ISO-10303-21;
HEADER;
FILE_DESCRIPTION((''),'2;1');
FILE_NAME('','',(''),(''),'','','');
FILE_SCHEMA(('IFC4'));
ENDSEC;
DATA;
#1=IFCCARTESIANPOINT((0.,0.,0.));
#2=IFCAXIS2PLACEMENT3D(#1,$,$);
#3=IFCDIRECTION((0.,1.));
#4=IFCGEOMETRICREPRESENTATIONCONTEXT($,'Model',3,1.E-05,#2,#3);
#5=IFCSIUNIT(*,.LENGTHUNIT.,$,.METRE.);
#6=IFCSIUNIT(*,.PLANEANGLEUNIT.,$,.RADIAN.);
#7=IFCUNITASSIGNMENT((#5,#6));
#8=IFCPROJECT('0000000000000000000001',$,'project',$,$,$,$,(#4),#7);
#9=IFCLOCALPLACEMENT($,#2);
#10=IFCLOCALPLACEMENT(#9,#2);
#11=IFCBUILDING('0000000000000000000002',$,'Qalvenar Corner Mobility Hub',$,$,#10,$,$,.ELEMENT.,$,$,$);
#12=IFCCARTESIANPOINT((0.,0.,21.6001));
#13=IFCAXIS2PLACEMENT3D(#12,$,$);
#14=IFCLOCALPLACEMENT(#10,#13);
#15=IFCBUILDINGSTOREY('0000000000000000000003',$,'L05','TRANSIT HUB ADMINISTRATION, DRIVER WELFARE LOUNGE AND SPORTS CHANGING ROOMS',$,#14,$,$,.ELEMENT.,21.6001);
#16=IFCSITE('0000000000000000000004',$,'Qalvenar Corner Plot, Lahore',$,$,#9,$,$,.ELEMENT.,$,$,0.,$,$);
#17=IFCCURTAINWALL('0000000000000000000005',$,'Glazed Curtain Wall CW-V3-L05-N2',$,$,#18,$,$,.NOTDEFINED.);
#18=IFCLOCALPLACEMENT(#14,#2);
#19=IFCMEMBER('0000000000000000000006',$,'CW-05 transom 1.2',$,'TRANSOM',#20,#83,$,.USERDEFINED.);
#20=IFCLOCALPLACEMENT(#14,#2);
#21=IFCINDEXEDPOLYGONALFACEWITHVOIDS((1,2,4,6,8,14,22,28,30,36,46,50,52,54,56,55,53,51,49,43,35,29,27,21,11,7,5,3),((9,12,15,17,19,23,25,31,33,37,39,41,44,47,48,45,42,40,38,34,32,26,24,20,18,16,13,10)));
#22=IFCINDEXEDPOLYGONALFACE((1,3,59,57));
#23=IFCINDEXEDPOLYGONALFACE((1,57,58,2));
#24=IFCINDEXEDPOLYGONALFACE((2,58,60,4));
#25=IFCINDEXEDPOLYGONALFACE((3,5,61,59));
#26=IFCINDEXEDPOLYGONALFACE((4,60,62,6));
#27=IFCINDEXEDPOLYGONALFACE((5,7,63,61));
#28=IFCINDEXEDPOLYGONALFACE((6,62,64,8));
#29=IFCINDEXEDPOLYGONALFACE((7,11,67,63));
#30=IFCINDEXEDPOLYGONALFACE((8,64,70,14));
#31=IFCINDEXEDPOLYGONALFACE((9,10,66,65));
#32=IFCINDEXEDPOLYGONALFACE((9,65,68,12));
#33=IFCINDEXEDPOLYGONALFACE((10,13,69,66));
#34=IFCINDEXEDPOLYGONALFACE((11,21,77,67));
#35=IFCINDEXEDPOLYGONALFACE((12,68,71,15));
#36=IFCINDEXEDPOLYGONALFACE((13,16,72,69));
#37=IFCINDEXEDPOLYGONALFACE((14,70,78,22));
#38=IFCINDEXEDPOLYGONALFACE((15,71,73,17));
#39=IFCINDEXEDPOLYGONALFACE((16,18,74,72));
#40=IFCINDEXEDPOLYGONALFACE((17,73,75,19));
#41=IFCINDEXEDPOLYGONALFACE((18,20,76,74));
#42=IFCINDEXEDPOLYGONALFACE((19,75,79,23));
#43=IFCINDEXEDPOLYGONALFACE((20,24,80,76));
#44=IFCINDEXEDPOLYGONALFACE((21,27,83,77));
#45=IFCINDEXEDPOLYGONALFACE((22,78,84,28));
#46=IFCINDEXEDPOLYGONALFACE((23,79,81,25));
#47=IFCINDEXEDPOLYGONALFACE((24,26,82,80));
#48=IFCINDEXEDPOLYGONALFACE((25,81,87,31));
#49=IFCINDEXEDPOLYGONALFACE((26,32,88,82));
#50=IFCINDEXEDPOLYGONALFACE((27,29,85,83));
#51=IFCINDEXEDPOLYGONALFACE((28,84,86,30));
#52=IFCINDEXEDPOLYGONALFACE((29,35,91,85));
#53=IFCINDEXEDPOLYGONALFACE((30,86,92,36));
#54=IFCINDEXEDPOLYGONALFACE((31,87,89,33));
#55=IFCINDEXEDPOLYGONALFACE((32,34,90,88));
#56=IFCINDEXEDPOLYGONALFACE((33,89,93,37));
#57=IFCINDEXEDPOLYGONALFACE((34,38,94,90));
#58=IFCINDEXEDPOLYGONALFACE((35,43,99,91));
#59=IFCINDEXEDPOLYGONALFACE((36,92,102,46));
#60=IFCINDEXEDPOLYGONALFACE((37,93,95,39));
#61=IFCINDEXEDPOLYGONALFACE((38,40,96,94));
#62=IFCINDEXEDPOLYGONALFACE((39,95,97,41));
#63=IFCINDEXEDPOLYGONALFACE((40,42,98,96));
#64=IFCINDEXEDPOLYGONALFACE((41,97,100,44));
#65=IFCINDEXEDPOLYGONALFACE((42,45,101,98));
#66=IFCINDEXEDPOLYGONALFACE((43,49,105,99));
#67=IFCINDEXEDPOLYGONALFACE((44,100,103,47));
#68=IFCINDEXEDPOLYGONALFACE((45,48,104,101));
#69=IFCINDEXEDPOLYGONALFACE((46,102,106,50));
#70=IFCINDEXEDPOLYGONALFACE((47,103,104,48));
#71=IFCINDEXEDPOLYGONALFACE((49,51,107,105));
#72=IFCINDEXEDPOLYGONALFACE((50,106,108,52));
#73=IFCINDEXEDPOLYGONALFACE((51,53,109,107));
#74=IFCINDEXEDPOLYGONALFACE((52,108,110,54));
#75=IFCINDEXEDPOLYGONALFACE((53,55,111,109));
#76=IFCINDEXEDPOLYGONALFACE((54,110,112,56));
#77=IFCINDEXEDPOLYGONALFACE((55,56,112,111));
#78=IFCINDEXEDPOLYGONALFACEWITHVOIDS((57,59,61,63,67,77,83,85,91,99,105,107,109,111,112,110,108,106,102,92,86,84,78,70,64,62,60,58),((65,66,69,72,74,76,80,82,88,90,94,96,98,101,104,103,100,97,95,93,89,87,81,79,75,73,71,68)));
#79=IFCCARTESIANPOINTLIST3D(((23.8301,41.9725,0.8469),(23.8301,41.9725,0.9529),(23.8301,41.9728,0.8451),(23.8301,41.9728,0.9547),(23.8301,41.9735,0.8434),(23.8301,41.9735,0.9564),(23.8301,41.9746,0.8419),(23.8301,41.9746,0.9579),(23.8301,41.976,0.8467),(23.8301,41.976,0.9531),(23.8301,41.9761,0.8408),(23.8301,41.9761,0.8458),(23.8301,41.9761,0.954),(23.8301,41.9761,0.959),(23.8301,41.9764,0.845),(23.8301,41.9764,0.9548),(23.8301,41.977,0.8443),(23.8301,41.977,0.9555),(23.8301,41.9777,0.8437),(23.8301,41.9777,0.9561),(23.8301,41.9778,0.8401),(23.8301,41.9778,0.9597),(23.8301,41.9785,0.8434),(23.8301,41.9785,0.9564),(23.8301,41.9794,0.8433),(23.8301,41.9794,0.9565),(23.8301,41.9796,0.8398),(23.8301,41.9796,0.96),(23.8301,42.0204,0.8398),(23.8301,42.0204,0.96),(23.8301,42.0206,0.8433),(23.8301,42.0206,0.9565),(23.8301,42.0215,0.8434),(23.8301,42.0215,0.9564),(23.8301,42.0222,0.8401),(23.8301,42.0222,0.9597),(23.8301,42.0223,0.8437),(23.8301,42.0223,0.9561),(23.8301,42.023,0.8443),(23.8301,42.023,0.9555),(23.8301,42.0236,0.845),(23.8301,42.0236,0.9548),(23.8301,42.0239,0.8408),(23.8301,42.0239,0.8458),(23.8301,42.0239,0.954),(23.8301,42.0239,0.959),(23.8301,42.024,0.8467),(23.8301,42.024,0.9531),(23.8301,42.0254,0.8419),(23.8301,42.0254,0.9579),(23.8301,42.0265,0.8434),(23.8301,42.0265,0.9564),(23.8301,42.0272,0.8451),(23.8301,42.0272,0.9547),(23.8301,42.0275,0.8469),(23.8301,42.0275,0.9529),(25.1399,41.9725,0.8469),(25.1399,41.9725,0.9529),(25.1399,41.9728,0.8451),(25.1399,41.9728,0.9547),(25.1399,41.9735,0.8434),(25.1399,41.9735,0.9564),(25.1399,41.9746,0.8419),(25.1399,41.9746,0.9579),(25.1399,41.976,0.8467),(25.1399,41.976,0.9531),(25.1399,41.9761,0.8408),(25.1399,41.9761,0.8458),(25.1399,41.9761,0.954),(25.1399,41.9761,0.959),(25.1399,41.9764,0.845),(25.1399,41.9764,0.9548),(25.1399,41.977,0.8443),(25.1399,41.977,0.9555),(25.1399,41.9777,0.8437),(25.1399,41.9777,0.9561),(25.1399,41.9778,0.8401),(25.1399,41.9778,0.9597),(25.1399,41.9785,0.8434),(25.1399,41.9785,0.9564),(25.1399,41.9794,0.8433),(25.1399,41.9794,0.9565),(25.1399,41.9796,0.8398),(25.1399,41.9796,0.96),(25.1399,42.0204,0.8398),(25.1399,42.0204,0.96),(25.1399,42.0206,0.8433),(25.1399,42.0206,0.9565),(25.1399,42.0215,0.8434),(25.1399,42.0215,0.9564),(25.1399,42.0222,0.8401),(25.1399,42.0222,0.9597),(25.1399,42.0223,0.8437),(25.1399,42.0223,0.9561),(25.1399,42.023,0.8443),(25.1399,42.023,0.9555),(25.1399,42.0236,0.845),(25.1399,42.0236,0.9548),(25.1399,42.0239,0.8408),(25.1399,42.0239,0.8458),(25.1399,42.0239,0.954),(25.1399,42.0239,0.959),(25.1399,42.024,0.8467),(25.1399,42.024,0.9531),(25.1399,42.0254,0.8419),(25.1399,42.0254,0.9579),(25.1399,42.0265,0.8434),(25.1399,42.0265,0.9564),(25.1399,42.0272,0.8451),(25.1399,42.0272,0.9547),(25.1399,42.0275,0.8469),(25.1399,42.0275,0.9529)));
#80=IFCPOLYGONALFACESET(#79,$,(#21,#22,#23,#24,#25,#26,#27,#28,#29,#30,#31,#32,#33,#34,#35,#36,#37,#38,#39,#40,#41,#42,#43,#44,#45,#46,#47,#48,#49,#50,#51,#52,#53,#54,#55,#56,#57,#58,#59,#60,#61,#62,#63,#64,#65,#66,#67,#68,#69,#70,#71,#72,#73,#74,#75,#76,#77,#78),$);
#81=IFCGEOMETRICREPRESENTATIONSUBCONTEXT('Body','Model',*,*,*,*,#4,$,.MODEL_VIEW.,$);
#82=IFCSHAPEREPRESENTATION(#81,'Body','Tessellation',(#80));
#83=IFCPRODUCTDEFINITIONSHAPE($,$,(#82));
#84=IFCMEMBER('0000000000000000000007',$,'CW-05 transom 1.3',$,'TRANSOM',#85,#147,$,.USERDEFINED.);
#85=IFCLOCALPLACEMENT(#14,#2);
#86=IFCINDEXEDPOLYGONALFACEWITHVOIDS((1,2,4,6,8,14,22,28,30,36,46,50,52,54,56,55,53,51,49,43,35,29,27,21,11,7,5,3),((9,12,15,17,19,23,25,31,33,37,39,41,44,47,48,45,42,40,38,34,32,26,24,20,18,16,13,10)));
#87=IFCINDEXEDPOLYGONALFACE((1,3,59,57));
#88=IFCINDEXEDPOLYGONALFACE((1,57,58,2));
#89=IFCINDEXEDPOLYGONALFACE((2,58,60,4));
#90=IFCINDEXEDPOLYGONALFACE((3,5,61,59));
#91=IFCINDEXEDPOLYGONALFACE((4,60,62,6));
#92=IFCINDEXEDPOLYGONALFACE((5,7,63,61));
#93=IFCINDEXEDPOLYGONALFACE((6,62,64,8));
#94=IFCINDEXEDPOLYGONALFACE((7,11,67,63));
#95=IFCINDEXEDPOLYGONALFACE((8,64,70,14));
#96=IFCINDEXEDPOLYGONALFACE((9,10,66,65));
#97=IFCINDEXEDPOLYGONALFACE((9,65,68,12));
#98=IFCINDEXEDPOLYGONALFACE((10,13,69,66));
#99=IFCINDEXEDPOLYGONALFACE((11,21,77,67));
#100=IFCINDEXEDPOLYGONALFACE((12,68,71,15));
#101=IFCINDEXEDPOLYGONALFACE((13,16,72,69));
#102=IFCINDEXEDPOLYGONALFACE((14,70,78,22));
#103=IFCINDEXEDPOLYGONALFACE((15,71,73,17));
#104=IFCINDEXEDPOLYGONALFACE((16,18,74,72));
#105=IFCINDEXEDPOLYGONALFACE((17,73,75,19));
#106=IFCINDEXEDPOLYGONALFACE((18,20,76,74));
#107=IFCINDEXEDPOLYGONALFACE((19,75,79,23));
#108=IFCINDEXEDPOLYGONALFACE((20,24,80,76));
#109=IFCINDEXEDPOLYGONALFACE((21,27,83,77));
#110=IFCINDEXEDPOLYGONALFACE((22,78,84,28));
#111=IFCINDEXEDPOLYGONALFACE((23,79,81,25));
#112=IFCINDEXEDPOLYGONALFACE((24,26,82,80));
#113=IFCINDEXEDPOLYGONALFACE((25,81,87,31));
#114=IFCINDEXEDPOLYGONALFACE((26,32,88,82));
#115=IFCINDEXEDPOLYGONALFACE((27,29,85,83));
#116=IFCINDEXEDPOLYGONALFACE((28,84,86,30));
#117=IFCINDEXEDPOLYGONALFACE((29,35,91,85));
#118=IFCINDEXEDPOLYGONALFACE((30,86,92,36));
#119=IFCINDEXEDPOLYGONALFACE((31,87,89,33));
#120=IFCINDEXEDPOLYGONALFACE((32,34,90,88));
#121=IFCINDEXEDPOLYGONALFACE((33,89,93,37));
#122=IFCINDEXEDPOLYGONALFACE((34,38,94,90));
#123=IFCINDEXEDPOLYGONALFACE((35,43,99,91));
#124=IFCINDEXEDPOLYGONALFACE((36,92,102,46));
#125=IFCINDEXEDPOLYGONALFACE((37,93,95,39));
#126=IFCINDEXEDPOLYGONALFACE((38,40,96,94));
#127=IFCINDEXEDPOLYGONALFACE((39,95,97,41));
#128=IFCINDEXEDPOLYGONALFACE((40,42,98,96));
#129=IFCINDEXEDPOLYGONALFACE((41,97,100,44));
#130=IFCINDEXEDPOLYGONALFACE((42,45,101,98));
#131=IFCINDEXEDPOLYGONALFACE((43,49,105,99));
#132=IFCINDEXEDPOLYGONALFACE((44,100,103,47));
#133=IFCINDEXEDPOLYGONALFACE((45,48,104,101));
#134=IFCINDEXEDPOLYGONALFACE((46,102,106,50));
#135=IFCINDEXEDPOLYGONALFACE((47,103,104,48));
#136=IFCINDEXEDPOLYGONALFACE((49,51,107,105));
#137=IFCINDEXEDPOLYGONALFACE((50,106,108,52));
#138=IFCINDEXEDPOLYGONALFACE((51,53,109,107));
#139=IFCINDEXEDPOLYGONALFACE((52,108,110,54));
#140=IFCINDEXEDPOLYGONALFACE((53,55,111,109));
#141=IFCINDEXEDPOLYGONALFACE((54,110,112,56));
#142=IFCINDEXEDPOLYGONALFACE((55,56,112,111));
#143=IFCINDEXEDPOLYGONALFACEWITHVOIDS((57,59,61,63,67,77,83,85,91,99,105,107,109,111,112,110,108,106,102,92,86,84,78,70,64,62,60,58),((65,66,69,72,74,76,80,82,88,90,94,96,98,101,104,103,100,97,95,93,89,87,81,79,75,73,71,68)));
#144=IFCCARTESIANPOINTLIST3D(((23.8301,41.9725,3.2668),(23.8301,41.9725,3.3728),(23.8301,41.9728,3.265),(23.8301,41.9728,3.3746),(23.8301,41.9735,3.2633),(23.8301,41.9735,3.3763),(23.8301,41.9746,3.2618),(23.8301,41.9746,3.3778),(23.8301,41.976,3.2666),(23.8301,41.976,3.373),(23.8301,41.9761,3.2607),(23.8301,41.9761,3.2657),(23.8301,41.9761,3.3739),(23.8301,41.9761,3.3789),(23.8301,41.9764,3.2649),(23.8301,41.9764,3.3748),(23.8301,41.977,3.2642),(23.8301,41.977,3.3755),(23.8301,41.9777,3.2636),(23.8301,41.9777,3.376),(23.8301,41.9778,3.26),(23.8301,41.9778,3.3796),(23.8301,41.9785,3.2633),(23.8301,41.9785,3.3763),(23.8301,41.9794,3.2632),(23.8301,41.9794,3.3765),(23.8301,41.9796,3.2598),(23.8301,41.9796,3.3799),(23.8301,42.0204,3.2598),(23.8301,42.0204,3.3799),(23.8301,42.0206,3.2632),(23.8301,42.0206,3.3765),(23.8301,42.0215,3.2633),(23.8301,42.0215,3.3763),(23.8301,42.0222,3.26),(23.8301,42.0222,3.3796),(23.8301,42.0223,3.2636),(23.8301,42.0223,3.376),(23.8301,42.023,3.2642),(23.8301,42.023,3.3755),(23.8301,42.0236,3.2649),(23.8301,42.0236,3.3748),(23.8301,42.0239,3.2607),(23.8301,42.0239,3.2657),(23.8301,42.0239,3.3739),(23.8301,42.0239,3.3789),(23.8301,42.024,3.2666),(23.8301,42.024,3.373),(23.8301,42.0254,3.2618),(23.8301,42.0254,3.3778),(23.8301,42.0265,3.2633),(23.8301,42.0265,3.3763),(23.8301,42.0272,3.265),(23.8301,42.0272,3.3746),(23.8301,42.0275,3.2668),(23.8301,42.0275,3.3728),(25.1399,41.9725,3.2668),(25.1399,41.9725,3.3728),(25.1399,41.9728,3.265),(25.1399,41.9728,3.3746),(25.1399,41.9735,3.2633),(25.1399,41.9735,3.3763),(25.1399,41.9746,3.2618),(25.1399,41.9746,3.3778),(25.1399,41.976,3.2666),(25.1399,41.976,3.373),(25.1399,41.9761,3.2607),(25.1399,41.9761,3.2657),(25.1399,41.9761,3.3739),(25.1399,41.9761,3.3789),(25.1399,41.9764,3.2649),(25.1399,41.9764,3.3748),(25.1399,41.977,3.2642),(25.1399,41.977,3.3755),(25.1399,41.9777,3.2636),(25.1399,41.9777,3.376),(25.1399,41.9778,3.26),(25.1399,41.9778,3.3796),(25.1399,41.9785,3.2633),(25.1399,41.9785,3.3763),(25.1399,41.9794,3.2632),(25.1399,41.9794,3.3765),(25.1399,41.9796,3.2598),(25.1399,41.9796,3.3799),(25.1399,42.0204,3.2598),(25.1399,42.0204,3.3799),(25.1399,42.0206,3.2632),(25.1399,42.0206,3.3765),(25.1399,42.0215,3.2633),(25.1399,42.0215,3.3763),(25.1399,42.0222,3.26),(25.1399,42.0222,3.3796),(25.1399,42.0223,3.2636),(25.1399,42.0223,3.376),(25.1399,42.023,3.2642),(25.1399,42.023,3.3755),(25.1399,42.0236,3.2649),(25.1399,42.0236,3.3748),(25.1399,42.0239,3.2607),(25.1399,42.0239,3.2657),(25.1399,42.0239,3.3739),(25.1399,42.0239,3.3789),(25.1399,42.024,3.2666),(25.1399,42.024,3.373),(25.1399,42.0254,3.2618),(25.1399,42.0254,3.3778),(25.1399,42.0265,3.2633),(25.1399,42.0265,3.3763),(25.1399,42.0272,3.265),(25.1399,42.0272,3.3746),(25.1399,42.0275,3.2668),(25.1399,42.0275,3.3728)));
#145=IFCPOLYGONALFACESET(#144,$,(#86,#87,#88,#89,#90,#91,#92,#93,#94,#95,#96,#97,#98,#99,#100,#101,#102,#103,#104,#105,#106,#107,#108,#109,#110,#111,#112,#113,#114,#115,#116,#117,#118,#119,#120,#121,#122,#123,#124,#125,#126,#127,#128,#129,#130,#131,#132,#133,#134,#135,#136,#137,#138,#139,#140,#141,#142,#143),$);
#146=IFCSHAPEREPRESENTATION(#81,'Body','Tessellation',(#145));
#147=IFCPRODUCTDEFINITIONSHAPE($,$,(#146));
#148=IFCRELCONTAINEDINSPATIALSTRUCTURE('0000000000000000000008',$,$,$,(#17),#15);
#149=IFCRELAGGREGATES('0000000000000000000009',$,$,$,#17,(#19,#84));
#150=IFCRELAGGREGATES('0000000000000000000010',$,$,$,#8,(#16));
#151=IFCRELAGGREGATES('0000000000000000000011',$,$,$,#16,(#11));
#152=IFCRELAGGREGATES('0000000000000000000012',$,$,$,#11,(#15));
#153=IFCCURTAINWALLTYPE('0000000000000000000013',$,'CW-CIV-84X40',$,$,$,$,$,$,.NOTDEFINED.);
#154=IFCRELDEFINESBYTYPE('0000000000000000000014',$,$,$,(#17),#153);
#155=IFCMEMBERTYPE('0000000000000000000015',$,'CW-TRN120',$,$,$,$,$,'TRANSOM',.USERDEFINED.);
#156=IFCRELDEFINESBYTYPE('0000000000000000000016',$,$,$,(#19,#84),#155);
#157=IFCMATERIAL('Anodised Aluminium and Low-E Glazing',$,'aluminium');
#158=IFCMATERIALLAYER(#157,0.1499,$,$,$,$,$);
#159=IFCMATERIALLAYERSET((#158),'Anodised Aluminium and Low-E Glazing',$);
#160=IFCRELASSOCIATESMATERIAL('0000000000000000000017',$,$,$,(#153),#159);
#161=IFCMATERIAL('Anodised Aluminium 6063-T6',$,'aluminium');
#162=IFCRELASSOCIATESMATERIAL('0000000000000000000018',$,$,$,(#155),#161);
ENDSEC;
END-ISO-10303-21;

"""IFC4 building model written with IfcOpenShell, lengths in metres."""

from ifc_helpers import new_model, si_unit, direction, frame, origin, origin_2d, place, context, subcontext, project, spatial, hollow_rectangle, extrude, material, layer, layer_set, material_profile, profile_set, type_object, element, aggregate, save


model = new_model("IFC4")

# Units and contexts
model_context = context("Model", 3, precision=1e-05, world=origin(), true_north=direction((0.0, 1.0)))
body_context = subcontext(model_context, "Body", "Model", "MODEL_VIEW")
ifc_project = project(units=[si_unit("LENGTHUNIT", "METRE"), si_unit("PLANEANGLEUNIT", "RADIAN")], contexts=[model_context])

# Site, building, storey
site_placement = place(None, origin())
site = spatial("IfcSite", under=ifc_project, at=site_placement, Name="Qalvenar Corner Plot, Lahore", CompositionType="ELEMENT", RefElevation=0.0)
building_placement = place(site_placement, origin())
building = spatial("IfcBuilding", under=site, at=building_placement, Name="Qalvenar Corner Mobility Hub", CompositionType="ELEMENT")
storey_placement = place(building_placement, frame((0.0, 0.0, 21.6001)))
storey = spatial("IfcBuildingStorey", under=building, at=storey_placement, Name="L05", Description="TRANSIT HUB ADMINISTRATION, DRIVER WELFARE LOUNGE AND SPORTS CHANGING ROOMS", CompositionType="ELEMENT", Elevation=21.6001)

# Curtain wall
ifc_material_1 = material(Name="Anodised Aluminium and Low-E Glazing", Category="aluminium")
ifc_layer_1 = layer(ifc_material_1, 0.1499)
ifc_layer_set_1 = layer_set([ifc_layer_1], Name="Anodised Aluminium and Low-E Glazing")
curtain_wall_type = type_object("IfcCurtainWallType", Name="CW-CIV-84X40", PredefinedType="NOTDEFINED", material=ifc_layer_set_1)
curtain_wall_1_placement = place(storey_placement, origin())
curtain_wall_1 = element("IfcCurtainWall", 1, at=curtain_wall_1_placement, inside=storey, type_object=curtain_wall_type, Name="Glazed Curtain Wall CW-V3-L05-N2", PredefinedType="NOTDEFINED")
ifc_material_2 = material(Name="Anodised Aluminium 6063-T6", Category="aluminium")

# Members
ifc_material_profile_1 = material_profile(ifc_material_2, hollow_rectangle(XDim=0.0549, YDim=0.1201, WallThickness=0.0034, InnerFilletRadius=0.0034, OuterFilletRadius=0.0071, at=origin_2d()), Name="RHS120x55x3.5")
ifc_profile_set_1 = profile_set([ifc_material_profile_1], Name="Anodised Aluminium 6063-T6")
member_type_1 = type_object("IfcMemberType", Name="CW-TRN120", ElementType="TRANSOM", PredefinedType="USERDEFINED", material=ifc_profile_set_1)
member_1_placement = place(storey_placement, frame((25.1399, 42.0, 0.8999), z_axis=(-1.0, 0.0, 0.0), x_axis=(0.0, -1.0, 0.0)))
member_1 = element("IfcMember", 2, at=member_1_placement, type_object=member_type_1, Name="CW-05 transom 1.2", ObjectType="TRANSOM", PredefinedType="USERDEFINED", context=body_context, shape_type="SweptSolid", body=[
    extrude(hollow_rectangle(XDim=0.0549, YDim=0.1201, WallThickness=0.0034, InnerFilletRadius=0.0034, OuterFilletRadius=0.0071, at=origin_2d()), origin(), (0.0, 0.0, 1.0), 1.3098),
])
member_2_placement = place(storey_placement, frame((25.1399, 42.0, 3.3198), z_axis=(-1.0, 0.0, 0.0), x_axis=(0.0, -1.0, 0.0)))
member_2 = element("IfcMember", 3, at=member_2_placement, type_object=member_type_1, Name="CW-05 transom 1.3", ObjectType="TRANSOM", PredefinedType="USERDEFINED", context=body_context, shape_type="SweptSolid", body=[
    extrude(hollow_rectangle(XDim=0.0549, YDim=0.1201, WallThickness=0.0034, InnerFilletRadius=0.0034, OuterFilletRadius=0.0071, at=origin_2d()), origin(), (0.0, 0.0, 1.0), 1.3098),
])

aggregate(curtain_wall_1, [member_1, member_2])

save(model, "model.ifc")
